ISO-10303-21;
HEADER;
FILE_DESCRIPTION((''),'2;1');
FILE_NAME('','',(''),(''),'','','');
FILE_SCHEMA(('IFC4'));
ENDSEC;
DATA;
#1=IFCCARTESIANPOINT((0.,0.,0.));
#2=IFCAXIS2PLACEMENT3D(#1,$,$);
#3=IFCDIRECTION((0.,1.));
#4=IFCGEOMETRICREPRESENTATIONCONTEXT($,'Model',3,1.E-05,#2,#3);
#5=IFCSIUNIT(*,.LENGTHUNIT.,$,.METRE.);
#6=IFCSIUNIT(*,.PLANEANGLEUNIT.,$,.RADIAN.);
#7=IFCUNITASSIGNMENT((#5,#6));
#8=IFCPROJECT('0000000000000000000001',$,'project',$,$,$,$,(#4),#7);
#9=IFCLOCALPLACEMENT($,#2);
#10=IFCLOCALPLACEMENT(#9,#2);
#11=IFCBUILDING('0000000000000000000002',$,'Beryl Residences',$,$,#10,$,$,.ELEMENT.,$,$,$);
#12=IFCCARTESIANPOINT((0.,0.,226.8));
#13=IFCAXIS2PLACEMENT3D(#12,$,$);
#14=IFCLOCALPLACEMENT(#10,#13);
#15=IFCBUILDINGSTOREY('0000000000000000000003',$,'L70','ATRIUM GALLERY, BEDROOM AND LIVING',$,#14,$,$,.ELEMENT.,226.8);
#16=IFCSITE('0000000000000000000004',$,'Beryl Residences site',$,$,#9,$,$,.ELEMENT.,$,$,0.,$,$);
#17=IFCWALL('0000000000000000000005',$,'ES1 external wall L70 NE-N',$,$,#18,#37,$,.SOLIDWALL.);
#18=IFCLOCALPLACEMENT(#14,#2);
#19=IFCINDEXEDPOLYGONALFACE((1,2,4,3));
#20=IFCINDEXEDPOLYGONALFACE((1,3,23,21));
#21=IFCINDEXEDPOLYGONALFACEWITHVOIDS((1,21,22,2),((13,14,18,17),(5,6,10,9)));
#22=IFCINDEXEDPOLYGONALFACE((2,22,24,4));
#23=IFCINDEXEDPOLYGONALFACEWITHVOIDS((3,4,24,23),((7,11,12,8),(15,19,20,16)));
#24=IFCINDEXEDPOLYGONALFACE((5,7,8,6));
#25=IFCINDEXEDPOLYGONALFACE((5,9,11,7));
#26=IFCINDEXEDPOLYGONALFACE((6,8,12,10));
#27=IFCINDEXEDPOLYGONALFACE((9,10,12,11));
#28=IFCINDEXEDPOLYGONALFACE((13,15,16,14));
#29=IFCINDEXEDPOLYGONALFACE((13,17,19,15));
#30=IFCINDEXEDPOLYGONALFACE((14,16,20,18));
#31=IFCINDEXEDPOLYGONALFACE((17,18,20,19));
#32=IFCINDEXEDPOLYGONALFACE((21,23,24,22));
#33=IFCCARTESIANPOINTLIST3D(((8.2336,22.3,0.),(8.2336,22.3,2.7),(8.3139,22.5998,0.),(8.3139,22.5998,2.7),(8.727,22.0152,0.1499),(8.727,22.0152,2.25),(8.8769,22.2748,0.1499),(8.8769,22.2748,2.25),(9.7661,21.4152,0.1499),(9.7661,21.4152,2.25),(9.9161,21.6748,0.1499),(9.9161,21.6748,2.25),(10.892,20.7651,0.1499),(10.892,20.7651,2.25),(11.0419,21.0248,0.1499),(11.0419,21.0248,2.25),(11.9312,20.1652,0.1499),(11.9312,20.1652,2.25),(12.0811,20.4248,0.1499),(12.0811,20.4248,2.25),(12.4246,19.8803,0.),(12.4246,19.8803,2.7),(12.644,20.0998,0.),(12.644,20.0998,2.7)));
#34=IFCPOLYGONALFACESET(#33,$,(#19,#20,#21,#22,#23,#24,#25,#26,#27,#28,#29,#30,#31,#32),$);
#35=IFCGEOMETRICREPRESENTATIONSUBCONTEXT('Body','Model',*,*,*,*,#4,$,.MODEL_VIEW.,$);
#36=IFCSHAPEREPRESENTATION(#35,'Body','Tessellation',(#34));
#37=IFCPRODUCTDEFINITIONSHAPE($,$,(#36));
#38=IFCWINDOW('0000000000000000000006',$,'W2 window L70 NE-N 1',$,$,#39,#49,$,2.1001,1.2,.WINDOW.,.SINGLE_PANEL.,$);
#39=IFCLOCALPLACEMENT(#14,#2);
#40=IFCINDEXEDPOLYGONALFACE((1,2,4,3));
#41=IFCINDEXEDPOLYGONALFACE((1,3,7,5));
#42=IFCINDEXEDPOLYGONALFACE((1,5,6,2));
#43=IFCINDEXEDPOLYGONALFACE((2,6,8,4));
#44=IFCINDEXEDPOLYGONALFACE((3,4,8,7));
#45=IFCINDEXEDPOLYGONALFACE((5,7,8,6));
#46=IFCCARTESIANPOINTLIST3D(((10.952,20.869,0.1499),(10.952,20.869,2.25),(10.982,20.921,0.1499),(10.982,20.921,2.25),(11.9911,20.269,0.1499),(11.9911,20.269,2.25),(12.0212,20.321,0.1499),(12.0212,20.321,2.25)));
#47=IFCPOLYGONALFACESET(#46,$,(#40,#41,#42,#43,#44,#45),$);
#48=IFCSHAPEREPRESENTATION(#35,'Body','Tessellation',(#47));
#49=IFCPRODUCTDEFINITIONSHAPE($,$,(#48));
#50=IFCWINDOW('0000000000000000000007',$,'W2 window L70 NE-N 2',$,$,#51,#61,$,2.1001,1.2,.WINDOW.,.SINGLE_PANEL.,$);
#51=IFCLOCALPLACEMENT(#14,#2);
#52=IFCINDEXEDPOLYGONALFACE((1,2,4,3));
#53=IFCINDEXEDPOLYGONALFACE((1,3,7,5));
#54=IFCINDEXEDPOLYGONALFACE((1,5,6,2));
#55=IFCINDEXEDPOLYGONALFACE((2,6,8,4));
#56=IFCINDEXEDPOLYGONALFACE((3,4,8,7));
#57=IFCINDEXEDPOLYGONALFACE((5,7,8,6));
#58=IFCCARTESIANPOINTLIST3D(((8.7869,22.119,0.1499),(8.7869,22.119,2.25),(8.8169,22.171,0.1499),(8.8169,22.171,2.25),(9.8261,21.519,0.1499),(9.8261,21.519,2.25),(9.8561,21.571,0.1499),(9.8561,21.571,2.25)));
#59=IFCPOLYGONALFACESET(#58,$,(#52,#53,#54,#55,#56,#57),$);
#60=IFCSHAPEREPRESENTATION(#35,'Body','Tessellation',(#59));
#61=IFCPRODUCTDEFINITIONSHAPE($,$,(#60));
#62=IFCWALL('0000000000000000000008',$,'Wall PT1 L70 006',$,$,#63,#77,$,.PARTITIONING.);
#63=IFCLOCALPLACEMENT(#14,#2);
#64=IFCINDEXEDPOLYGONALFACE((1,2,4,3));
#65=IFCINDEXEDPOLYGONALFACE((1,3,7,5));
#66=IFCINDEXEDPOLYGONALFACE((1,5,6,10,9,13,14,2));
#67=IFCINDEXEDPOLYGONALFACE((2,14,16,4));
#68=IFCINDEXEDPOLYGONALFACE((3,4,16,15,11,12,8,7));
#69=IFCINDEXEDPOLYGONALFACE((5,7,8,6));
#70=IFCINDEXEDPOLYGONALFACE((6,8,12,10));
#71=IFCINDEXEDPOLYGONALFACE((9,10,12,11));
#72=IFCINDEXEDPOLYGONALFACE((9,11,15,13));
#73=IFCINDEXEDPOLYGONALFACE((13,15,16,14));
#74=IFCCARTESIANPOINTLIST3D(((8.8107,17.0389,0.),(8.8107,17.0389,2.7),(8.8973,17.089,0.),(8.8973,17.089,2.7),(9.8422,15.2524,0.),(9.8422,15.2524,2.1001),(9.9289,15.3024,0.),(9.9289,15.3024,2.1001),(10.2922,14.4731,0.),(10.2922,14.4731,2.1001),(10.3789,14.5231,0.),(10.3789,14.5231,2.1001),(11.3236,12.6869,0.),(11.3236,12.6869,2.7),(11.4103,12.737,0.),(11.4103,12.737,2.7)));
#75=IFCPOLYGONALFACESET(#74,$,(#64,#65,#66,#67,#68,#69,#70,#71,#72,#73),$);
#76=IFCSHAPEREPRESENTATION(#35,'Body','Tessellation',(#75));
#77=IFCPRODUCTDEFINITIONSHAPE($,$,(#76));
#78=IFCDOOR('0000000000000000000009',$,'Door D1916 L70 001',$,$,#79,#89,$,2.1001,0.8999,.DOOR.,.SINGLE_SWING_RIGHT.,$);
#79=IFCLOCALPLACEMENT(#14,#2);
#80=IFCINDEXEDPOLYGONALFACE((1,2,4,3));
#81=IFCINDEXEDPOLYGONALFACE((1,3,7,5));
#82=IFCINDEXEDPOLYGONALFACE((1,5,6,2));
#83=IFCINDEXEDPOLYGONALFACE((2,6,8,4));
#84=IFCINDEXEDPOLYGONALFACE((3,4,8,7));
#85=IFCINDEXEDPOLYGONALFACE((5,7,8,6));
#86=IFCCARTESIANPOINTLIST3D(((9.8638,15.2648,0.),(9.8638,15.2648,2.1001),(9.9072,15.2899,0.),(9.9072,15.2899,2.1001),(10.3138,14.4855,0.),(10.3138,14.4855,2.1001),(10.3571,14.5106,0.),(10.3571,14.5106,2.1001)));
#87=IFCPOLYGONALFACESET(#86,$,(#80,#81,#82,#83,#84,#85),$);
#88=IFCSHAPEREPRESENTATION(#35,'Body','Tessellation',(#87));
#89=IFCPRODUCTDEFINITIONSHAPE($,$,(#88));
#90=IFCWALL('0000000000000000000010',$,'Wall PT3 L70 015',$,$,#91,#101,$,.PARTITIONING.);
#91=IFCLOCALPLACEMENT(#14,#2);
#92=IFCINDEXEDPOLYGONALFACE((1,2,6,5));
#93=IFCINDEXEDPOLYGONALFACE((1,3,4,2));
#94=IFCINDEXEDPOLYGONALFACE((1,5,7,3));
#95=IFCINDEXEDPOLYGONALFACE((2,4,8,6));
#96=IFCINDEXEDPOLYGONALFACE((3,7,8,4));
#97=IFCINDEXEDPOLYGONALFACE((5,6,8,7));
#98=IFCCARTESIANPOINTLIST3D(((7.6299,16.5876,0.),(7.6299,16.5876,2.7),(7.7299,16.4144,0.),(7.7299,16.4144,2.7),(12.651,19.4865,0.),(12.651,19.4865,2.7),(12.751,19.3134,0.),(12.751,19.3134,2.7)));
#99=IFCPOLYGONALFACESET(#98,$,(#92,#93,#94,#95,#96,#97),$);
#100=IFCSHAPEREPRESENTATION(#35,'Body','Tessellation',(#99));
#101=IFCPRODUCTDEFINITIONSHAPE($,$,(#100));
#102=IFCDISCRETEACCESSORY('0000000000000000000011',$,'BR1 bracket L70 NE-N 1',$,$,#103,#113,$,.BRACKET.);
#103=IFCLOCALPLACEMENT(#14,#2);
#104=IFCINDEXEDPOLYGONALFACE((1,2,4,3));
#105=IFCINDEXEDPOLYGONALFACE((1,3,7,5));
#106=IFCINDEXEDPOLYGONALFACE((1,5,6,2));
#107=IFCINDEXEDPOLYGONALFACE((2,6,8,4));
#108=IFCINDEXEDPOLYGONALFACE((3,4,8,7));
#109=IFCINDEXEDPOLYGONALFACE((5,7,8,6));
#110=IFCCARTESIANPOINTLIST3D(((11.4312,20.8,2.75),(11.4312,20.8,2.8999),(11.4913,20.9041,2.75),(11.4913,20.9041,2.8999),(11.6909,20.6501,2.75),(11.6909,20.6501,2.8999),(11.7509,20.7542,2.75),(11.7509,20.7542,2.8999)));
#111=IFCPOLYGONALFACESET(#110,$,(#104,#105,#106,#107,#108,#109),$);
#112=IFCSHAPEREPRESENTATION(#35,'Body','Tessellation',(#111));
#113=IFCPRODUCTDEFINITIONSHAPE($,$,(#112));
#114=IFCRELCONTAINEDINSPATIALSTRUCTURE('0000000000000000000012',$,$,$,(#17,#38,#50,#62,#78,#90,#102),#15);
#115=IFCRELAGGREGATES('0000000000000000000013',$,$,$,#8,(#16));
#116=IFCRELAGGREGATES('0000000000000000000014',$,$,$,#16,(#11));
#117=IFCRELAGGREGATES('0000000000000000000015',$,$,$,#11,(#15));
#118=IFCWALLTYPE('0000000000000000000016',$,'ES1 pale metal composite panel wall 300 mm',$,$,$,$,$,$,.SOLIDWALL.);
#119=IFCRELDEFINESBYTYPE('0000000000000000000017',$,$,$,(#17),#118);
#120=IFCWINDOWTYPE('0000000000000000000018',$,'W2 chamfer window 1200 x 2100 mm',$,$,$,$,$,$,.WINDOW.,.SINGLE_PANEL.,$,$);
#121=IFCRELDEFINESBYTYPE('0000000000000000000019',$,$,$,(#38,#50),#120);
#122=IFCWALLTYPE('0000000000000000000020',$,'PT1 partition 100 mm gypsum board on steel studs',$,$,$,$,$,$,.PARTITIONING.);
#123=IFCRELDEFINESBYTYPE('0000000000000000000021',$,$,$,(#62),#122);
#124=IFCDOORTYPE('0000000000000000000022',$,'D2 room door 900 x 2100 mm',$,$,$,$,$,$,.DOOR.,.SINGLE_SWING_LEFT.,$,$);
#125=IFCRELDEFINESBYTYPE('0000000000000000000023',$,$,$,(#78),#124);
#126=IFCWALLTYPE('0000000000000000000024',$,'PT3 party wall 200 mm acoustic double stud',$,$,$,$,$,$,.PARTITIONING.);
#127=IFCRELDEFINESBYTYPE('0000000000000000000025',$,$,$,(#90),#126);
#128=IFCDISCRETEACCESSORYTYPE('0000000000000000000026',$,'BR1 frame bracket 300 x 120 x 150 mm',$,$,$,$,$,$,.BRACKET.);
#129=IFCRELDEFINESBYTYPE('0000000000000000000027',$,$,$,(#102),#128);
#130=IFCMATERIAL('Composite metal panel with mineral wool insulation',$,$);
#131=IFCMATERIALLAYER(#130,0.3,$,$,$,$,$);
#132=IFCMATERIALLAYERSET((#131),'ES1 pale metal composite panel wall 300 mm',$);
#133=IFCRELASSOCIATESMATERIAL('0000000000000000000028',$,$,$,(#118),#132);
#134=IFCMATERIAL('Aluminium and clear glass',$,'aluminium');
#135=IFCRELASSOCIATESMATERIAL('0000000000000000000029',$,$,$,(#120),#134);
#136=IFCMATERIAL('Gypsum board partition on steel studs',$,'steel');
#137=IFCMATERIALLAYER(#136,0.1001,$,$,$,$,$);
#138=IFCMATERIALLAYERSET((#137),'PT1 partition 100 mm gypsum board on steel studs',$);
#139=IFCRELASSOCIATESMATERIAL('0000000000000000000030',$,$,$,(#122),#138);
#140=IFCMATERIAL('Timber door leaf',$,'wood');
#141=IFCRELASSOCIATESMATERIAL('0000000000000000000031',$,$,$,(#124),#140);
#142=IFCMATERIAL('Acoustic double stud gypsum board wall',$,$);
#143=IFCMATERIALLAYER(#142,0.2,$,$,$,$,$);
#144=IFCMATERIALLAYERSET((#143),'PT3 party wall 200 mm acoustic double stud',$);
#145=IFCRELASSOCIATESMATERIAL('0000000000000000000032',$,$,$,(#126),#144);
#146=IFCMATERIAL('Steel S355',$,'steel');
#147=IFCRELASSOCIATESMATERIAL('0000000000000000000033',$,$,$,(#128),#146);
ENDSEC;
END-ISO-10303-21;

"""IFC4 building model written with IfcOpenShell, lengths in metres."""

from ifc_helpers import new_model, si_unit, direction, frame, frame_2d, origin, place, context, subcontext, project, spatial, polyline, rectangle, outline, extrude, source, transform, mapped, material, layer, layer_set, type_object, type_shapes, element, fill, save


model = new_model("IFC4")

# Units and contexts
model_context = context("Model", 3, precision=1e-05, world=origin(), true_north=direction((0.0, 1.0)))
body_context = subcontext(model_context, "Body", "Model", "MODEL_VIEW")
ifc_project = project(units=[si_unit("LENGTHUNIT", "METRE"), si_unit("PLANEANGLEUNIT", "RADIAN")], contexts=[model_context])

# Site, building, storey
site_placement = place(None, origin())
site = spatial("IfcSite", under=ifc_project, at=site_placement, Name="Beryl Residences site", CompositionType="ELEMENT", RefElevation=0.0)
building_placement = place(site_placement, origin())
building = spatial("IfcBuilding", under=site, at=building_placement, Name="Beryl Residences", CompositionType="ELEMENT")
storey_placement = place(building_placement, frame((0.0, 0.0, 226.8)))
storey = spatial("IfcBuildingStorey", under=building, at=storey_placement, Name="L70", Description="ATRIUM GALLERY, BEDROOM AND LIVING", CompositionType="ELEMENT", Elevation=226.8)

# Wall, openings, windows
ifc_material_1 = material(Name="Composite metal panel with mineral wool insulation")
ifc_layer_1 = layer(ifc_material_1, 0.3)
ifc_layer_set_1 = layer_set([ifc_layer_1], Name="ES1 pale metal composite panel wall 300 mm")
wall_type_1 = type_object("IfcWallType", Name="ES1 pale metal composite panel wall 300 mm", PredefinedType="SOLIDWALL", material=ifc_layer_set_1)
wall_1_placement = place(storey_placement, frame((12.5691, 19.97, 0.0), z_axis=(0.0, 0.0, 1.0), x_axis=(-0.866023, 0.500004, 0.0)))
wall_1 = element("IfcWall", 1, at=wall_1_placement, inside=storey, type_object=wall_type_1, Name="ES1 external wall L70 NE-N", PredefinedType="SOLIDWALL", context=body_context, shape_type="SweptSolid", body=[
    extrude(outline(polyline([(0.0, -0.1499), (5.0, -0.1499), (4.9197, 0.1499), (0.0803, 0.1499), (0.0, -0.1499)])), origin(), (0.0, 0.0, 1.0), 2.7),
])
opening_1_placement = place(wall_1_placement, frame((0.6499, 0.0, 0.1499)))
opening_1 = element("IfcOpeningElement", 2, at=opening_1_placement, cuts=wall_1, PredefinedType="OPENING", context=body_context, shape_type="SweptSolid", body=[
    extrude(rectangle(XDim=1.2, YDim=2.1001, at=frame_2d((0.6001, 1.05))), frame((0.0, 0.1599, 0.0), z_axis=(0.0, -1.0, 0.0), x_axis=(1.0, 0.0, 0.0)), (0.0, 0.0, 1.0), 0.3201),
])
opening_2_placement = place(wall_1_placement, frame((3.1499, 0.0, 0.1499)))
opening_2 = element("IfcOpeningElement", 3, at=opening_2_placement, cuts=wall_1, PredefinedType="OPENING", context=body_context, shape_type="SweptSolid", body=[
    extrude(rectangle(XDim=1.2, YDim=2.1001, at=frame_2d((0.6001, 1.05))), frame((0.0, 0.1599, 0.0), z_axis=(0.0, -1.0, 0.0), x_axis=(1.0, 0.0, 0.0)), (0.0, 0.0, 1.0), 0.3201),
])
ifc_material_2 = material(Name="Aluminium and clear glass", Category="aluminium")
window_type_1 = type_object("IfcWindowType", Name="W2 chamfer window 1200 x 2100 mm", PartitioningType="SINGLE_PANEL", PredefinedType="WINDOW", material=ifc_material_2)
window_1_placement = place(opening_1_placement, origin())
window_1 = element("IfcWindow", 4, at=window_1_placement, inside=storey, type_object=window_type_1, Name="W2 window L70 NE-N 1", OverallHeight=2.1001, OverallWidth=1.2, PartitioningType="SINGLE_PANEL", PredefinedType="WINDOW", context=body_context, shape_type="SweptSolid", body=[
    extrude(rectangle(XDim=1.2, YDim=2.1001, at=frame_2d((0.6001, 1.05))), frame((0.0, 0.03, 0.0), z_axis=(0.0, -1.0, 0.0), x_axis=(1.0, 0.0, 0.0)), (0.0, 0.0, 1.0), 0.0601),
])
fill(opening_1, window_1)
window_2_placement = place(opening_2_placement, origin())
window_2 = element("IfcWindow", 5, at=window_2_placement, inside=storey, type_object=window_type_1, Name="W2 window L70 NE-N 2", OverallHeight=2.1001, OverallWidth=1.2, PartitioningType="SINGLE_PANEL", PredefinedType="WINDOW", context=body_context, shape_type="SweptSolid", body=[
    extrude(rectangle(XDim=1.2, YDim=2.1001, at=frame_2d((0.6001, 1.05))), frame((0.0, 0.03, 0.0), z_axis=(0.0, -1.0, 0.0), x_axis=(1.0, 0.0, 0.0)), (0.0, 0.0, 1.0), 0.0601),
])
fill(opening_2, window_2)

# Wall, opening, door
ifc_material_3 = material(Name="Gypsum board partition on steel studs", Category="steel")
ifc_layer_2 = layer(ifc_material_3, 0.1001)
ifc_layer_set_2 = layer_set([ifc_layer_2], Name="PT1 partition 100 mm gypsum board on steel studs")
wall_type_2 = type_object("IfcWallType", Name="PT1 partition 100 mm gypsum board on steel studs", PredefinedType="PARTITIONING", material=ifc_layer_set_2)
wall_2_placement = place(storey_placement, frame((8.854, 17.064, 0.0), z_axis=(0.0, 0.0, 1.0), x_axis=(0.500042, -0.866001, 0.0)))
wall_2 = element("IfcWall", 6, at=wall_2_placement, inside=storey, type_object=wall_type_2, Name="Wall PT1 L70 006", PredefinedType="PARTITIONING", context=body_context, shape_type="SweptSolid", body=[
    extrude(rectangle(XDim=5.0254, YDim=0.1001, at=frame_2d((2.5127, 0.0))), origin(), (0.0, 0.0, 1.0), 2.7),
])
opening_3_placement = place(wall_2_placement, frame((2.063, 0.0, 0.0)))
opening_3 = element("IfcOpeningElement", 7, at=opening_3_placement, cuts=wall_2, PredefinedType="OPENING", context=body_context, shape_type="SweptSolid", body=[
    extrude(rectangle(XDim=0.8999, YDim=2.1001, at=frame_2d((0.45, 1.05))), frame((0.0, 0.0601, 0.0), z_axis=(0.0, -1.0, 0.0), x_axis=(1.0, 0.0, 0.0)), (0.0, 0.0, 1.0), 0.1201),
])
ifc_material_4 = material(Name="Timber door leaf", Category="wood")
door_type = type_object("IfcDoorType", Name="D2 room door 900 x 2100 mm", OperationType="SINGLE_SWING_LEFT", PredefinedType="DOOR", material=ifc_material_4)
door_placement = place(opening_3_placement, origin())
door = element("IfcDoor", 8, at=door_placement, inside=storey, type_object=door_type, Name="Door D1916 L70 001", OperationType="SINGLE_SWING_RIGHT", OverallHeight=2.1001, OverallWidth=0.8999, PredefinedType="DOOR", context=body_context, shape_type="SweptSolid", body=[
    extrude(rectangle(XDim=0.8999, YDim=2.1001, at=frame_2d((0.45, 1.05))), frame((0.0, 0.0249, 0.0), z_axis=(0.0, -1.0, 0.0), x_axis=(1.0, 0.0, 0.0)), (0.0, 0.0, 1.0), 0.05),
])
fill(opening_3, door)

# Wall
ifc_material_5 = material(Name="Acoustic double stud gypsum board wall")
ifc_layer_3 = layer(ifc_material_5, 0.2)
ifc_layer_set_3 = layer_set([ifc_layer_3], Name="PT3 party wall 200 mm acoustic double stud")
wall_type_3 = type_object("IfcWallType", Name="PT3 party wall 200 mm acoustic double stud", PredefinedType="PARTITIONING", material=ifc_layer_set_3)
wall_3_placement = place(storey_placement, frame((7.6799, 16.501, 0.0), z_axis=(0.0, 0.0, 1.0), x_axis=(0.866021, 0.500007, 0.0)))
element("IfcWall", 9, at=wall_3_placement, inside=storey, type_object=wall_type_3, Name="Wall PT3 L70 015", PredefinedType="PARTITIONING", context=body_context, shape_type="SweptSolid", body=[
    extrude(rectangle(XDim=5.7979, YDim=0.2, at=frame_2d((2.8989, 0.0))), origin(), (0.0, 0.0, 1.0), 2.7),
])

# Discrete accessory
ifc_material_6 = material(Name="Steel S355", Category="steel")
discrete_accessory_type = type_object("IfcDiscreteAccessoryType", Name="BR1 frame bracket 300 x 120 x 150 mm", PredefinedType="BRACKET", material=ifc_material_6)
shared_shape_1 = source(origin(), body_context, "Body", "SweptSolid", [
    extrude(outline(polyline([(-0.1499, 0.0), (0.1499, 0.0), (0.1499, 0.1201), (-0.1499, 0.1201), (-0.1499, 0.0)])), origin(), (0.0, 0.0, 1.0), 0.1499),
])
type_shapes(discrete_accessory_type, [shared_shape_1])
discrete_accessory_placement = place(storey_placement, frame((11.561, 20.7251, 2.75), z_axis=(0.0, 0.0, 1.0), x_axis=(0.866025, -0.5, 0.0)))
element("IfcDiscreteAccessory", 10, at=discrete_accessory_placement, inside=storey, type_object=discrete_accessory_type, Name="BR1 bracket L70 NE-N 1", PredefinedType="BRACKET", context=body_context, shape_type="MappedRepresentation", body=[
    mapped(shared_shape_1, transform((0.0, 0.0, 0.0))),
])

save(model, "model.ifc")
